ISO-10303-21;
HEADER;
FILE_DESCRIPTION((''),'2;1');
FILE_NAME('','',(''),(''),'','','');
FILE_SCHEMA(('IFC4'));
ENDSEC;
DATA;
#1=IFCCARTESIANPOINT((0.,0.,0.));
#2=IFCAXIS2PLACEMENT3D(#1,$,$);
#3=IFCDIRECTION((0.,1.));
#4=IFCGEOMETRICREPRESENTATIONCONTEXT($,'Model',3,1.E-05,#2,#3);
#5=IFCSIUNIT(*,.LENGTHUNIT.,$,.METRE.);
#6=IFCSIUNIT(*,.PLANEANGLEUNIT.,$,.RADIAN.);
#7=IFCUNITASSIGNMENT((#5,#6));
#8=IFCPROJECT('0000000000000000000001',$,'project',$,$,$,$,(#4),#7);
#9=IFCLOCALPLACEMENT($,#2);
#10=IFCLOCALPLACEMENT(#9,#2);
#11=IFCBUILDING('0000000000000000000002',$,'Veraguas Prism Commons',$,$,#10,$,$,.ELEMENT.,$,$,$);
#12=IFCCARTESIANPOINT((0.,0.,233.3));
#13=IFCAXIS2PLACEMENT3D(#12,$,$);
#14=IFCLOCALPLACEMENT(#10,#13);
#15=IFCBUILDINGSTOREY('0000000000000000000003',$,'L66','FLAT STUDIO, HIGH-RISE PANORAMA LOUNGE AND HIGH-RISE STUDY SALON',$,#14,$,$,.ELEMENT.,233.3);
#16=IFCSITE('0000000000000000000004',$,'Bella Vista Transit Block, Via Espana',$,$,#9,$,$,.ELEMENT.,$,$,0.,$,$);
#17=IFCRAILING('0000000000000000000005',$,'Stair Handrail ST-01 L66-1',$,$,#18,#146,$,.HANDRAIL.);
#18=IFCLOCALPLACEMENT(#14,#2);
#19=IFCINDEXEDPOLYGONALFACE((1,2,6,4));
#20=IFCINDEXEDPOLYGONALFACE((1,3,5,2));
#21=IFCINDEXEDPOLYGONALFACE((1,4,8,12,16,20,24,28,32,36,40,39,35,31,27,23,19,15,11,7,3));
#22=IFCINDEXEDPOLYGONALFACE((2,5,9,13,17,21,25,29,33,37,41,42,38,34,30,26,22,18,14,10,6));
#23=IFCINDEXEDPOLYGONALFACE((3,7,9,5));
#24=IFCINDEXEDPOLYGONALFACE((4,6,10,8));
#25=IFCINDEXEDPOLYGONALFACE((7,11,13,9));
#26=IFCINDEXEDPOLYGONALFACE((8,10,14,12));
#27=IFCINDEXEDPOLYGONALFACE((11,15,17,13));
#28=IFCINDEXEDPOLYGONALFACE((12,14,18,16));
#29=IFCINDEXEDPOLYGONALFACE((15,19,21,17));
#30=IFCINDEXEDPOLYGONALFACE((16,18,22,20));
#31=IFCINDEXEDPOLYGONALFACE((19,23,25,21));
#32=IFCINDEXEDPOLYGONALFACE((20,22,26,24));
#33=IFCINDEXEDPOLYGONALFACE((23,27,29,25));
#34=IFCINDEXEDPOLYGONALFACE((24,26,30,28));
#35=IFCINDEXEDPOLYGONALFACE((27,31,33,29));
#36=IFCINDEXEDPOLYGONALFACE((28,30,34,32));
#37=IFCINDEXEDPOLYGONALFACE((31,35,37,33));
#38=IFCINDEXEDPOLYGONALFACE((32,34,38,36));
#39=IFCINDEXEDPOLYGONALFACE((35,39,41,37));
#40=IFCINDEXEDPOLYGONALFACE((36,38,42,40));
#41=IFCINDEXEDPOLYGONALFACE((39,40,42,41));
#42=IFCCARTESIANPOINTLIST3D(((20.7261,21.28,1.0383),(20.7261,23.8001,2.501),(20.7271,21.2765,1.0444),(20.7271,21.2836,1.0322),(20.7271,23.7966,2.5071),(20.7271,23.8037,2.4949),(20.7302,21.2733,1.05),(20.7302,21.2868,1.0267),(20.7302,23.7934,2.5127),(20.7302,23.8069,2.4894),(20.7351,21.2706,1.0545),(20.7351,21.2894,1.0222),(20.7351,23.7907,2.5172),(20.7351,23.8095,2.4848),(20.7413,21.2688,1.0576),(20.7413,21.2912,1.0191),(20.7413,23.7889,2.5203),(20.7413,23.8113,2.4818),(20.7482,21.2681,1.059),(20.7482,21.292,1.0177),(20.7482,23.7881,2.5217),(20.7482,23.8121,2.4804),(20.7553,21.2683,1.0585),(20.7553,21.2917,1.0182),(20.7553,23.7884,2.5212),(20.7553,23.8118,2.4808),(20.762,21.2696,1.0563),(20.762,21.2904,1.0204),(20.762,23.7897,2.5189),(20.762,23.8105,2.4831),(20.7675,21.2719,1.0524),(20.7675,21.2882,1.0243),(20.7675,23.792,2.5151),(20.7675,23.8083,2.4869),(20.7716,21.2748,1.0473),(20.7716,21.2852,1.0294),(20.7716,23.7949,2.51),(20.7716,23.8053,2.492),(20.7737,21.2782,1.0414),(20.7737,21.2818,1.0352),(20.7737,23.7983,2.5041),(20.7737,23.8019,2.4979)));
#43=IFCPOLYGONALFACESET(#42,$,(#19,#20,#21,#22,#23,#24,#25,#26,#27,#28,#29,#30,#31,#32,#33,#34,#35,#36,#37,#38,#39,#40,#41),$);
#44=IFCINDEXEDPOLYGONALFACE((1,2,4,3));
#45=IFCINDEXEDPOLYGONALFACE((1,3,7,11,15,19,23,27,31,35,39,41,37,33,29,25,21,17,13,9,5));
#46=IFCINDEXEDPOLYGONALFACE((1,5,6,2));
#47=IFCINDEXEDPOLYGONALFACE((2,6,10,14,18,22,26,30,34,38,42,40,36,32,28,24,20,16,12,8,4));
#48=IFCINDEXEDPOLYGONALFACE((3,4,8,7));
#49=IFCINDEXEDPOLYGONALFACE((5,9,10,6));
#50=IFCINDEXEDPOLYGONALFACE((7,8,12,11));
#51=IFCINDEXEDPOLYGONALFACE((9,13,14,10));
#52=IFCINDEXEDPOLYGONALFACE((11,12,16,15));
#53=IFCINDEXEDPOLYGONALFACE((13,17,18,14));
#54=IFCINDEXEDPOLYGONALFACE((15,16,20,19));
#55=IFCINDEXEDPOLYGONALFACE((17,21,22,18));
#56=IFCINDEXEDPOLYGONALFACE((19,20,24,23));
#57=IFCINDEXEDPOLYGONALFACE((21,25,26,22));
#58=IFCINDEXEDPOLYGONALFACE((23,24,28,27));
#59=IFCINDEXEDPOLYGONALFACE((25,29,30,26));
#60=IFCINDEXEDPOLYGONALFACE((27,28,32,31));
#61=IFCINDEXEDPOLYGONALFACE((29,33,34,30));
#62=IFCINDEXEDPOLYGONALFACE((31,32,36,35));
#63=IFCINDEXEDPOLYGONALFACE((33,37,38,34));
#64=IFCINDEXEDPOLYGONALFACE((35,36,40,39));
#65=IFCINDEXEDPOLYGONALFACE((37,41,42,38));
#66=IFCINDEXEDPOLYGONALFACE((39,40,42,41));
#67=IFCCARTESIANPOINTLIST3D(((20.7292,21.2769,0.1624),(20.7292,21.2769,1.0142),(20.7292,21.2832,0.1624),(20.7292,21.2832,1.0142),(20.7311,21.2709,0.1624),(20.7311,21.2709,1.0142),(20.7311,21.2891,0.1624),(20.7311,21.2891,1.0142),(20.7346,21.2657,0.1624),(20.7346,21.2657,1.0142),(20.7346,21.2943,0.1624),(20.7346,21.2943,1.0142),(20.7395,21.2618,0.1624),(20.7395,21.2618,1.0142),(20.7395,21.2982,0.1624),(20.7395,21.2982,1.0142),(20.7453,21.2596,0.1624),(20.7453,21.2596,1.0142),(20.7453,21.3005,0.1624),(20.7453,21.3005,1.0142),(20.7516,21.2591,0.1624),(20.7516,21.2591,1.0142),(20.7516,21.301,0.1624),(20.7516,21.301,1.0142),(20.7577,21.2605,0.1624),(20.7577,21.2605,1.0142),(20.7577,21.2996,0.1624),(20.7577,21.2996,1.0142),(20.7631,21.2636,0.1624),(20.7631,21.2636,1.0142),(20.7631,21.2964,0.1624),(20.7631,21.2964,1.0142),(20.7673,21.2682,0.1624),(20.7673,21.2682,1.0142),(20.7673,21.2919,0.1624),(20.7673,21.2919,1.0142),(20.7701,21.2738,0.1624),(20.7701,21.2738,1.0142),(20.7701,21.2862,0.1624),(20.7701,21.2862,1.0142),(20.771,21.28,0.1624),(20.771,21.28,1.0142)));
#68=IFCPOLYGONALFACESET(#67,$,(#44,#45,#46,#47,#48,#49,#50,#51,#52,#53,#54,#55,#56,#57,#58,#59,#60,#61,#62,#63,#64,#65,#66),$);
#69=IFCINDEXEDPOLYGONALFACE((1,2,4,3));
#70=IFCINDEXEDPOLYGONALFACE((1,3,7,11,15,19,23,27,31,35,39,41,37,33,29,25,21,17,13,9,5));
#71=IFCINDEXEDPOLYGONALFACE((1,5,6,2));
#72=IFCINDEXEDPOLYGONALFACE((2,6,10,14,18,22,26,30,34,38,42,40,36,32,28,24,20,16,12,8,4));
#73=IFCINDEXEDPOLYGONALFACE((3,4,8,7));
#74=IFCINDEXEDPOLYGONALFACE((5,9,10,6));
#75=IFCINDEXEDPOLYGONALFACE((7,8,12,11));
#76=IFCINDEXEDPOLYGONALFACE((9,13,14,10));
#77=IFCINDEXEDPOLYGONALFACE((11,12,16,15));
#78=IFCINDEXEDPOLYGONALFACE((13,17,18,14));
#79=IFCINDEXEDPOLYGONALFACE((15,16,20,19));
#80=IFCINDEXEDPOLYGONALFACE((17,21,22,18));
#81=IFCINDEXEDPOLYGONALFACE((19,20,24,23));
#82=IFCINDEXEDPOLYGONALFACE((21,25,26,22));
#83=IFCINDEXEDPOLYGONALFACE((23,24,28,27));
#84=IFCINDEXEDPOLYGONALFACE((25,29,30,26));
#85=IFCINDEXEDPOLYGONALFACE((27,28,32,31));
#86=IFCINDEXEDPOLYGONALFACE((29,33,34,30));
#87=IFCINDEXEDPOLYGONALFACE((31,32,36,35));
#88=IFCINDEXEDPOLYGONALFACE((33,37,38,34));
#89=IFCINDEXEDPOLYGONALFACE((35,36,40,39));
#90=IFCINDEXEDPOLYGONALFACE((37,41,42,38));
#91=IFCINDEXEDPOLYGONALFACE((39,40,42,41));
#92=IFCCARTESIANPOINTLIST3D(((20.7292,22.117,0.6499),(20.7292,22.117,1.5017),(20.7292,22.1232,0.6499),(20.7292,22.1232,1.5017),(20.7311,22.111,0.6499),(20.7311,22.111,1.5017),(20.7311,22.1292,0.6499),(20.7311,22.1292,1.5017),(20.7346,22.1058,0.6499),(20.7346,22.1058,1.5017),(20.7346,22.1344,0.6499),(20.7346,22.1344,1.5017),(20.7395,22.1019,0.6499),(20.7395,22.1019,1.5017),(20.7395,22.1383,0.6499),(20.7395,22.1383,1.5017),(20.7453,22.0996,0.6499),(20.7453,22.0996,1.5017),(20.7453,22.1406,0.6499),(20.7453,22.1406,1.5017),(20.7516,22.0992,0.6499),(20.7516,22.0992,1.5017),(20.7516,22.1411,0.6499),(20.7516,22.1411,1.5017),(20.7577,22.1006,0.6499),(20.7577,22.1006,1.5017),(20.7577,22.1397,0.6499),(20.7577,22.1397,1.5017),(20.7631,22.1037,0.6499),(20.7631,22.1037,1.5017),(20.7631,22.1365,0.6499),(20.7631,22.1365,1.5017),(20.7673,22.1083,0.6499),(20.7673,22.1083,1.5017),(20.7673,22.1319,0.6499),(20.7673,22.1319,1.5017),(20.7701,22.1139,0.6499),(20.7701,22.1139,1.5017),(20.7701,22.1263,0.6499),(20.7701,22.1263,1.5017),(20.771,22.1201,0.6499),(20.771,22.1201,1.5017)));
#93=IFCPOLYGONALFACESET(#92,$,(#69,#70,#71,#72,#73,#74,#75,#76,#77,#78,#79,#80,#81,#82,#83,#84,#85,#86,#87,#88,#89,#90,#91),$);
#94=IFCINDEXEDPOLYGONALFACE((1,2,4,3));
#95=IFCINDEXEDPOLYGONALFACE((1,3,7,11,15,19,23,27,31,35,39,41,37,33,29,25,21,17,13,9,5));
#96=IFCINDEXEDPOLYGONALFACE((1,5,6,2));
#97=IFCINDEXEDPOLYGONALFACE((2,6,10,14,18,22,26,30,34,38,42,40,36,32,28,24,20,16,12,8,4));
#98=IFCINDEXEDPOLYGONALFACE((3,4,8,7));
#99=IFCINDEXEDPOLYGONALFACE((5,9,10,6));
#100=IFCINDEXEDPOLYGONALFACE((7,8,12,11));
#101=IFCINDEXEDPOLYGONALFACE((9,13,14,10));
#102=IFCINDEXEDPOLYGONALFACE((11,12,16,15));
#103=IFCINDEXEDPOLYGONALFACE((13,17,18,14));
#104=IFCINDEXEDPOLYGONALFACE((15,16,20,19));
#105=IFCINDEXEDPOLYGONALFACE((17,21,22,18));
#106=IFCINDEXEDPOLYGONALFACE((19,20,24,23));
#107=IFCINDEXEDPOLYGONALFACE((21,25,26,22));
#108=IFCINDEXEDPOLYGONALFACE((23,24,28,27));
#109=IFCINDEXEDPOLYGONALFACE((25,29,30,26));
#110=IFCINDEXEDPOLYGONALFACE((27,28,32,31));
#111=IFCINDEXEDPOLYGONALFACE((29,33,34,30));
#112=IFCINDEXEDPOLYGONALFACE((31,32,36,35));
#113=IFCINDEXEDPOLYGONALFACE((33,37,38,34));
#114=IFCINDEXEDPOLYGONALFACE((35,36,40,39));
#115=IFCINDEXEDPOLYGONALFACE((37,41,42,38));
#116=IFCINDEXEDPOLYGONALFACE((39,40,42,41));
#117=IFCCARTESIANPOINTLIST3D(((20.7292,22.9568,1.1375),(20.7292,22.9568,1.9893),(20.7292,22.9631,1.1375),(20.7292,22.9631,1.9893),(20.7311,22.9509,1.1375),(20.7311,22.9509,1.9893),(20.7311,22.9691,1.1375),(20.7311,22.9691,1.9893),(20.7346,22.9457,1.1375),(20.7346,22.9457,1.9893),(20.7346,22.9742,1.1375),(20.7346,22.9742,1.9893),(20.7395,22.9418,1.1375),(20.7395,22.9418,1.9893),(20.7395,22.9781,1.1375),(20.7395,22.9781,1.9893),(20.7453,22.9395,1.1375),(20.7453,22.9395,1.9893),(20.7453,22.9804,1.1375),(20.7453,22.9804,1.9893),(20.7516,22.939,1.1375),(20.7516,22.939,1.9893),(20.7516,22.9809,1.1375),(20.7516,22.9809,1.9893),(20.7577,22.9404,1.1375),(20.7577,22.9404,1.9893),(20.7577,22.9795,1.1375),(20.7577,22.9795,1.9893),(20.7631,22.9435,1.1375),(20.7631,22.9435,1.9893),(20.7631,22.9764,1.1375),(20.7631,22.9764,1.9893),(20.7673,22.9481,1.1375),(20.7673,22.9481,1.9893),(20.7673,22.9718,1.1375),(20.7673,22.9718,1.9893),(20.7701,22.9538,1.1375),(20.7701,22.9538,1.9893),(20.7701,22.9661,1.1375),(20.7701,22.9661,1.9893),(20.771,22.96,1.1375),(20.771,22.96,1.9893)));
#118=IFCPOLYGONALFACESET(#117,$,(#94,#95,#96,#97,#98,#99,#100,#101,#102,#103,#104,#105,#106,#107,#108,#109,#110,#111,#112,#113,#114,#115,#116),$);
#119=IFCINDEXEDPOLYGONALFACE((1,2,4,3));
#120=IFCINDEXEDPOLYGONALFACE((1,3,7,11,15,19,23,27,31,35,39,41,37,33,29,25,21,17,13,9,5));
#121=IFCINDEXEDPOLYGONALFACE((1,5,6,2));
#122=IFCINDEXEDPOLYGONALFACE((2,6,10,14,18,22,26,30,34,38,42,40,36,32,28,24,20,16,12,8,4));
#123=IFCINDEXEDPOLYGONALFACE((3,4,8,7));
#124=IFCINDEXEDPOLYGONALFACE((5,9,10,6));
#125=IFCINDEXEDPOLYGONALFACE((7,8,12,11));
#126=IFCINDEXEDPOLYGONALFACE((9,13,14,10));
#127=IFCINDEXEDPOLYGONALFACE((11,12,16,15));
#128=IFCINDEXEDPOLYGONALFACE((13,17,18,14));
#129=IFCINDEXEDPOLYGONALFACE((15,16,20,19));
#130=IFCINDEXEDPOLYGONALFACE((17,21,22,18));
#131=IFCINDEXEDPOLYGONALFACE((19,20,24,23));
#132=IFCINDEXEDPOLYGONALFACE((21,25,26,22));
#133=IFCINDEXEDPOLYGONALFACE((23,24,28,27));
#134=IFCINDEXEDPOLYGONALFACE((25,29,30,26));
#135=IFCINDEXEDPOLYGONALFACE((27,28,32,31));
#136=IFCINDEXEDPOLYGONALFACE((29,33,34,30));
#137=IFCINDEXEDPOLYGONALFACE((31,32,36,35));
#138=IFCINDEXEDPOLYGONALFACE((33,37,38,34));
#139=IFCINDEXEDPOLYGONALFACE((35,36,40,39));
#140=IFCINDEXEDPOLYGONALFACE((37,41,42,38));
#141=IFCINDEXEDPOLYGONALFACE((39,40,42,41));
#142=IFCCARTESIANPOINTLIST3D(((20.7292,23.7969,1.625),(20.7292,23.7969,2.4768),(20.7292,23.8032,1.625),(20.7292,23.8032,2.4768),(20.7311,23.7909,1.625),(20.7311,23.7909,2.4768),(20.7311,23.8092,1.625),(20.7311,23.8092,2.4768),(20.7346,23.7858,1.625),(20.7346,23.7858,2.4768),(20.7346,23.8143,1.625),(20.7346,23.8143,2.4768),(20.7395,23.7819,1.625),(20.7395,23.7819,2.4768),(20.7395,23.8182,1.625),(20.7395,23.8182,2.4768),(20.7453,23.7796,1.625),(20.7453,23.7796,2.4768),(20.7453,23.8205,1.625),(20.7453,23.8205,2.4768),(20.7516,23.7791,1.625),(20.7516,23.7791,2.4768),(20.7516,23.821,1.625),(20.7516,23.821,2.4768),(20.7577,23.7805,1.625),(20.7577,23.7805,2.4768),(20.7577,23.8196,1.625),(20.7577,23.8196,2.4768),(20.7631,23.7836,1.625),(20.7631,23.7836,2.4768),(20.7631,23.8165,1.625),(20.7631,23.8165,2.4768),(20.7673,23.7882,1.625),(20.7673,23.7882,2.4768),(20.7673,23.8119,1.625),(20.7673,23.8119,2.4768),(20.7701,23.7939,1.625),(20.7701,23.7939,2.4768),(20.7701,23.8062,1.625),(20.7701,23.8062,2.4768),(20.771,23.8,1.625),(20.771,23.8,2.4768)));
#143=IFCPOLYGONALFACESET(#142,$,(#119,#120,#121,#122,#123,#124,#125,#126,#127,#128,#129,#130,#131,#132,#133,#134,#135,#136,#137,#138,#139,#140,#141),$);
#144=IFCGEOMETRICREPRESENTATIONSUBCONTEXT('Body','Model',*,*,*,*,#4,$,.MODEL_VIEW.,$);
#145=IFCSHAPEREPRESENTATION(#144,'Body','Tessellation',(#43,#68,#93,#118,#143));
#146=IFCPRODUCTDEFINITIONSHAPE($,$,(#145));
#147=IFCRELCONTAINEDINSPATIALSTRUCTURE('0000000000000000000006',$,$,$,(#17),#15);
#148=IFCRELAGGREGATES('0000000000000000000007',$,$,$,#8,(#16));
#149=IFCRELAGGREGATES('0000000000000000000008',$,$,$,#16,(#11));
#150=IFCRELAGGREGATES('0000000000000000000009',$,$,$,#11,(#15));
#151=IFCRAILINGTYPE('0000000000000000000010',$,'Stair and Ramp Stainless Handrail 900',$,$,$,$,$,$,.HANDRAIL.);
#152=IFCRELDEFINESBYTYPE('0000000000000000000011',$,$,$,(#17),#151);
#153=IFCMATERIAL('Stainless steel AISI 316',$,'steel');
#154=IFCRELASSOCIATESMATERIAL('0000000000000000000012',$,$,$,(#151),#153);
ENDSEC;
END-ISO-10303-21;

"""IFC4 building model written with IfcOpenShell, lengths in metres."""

from ifc_helpers import new_model, si_unit, direction, frame, origin, origin_2d, place, context, subcontext, project, spatial, circle, extrude, material, type_object, element, save


model = new_model("IFC4")

# Units and contexts
model_context = context("Model", 3, precision=1e-05, world=origin(), true_north=direction((0.0, 1.0)))
body_context = subcontext(model_context, "Body", "Model", "MODEL_VIEW")
ifc_project = project(units=[si_unit("LENGTHUNIT", "METRE"), si_unit("PLANEANGLEUNIT", "RADIAN")], contexts=[model_context])

# Site, building, storey
site_placement = place(None, origin())
site = spatial("IfcSite", under=ifc_project, at=site_placement, Name="Bella Vista Transit Block, Via Espana", CompositionType="ELEMENT", RefElevation=0.0)
building_placement = place(site_placement, origin())
building = spatial("IfcBuilding", under=site, at=building_placement, Name="Veraguas Prism Commons", CompositionType="ELEMENT")
storey_placement = place(building_placement, frame((0.0, 0.0, 233.3)))
storey = spatial("IfcBuildingStorey", under=building, at=storey_placement, Name="L66", Description="FLAT STUDIO, HIGH-RISE PANORAMA LOUNGE AND HIGH-RISE STUDY SALON", CompositionType="ELEMENT", Elevation=233.3)

# Shared definitions
ifc_material_1 = material(Name="Stainless steel AISI 316", Category="steel")

# Railing
railing_type_1 = type_object("IfcRailingType", Name="Stair and Ramp Stainless Handrail 900", PredefinedType="HANDRAIL", material=ifc_material_1)
railing_1_placement = place(storey_placement, frame((20.75, 21.28, 0.1624)))
element("IfcRailing", 1, at=railing_1_placement, inside=storey, type_object=railing_type_1, Name="Stair Handrail ST-01 L66-1", PredefinedType="HANDRAIL", context=body_context, shape_type="SweptSolid", body=[
    extrude(circle(Radius=0.0239, at=origin_2d()), frame((0.0, 0.0, 0.876), z_axis=(0.0, 0.864877, 0.501984), x_axis=(-1.0, 0.0, 0.0)), (0.0, 0.0, 1.0), 2.9138),
    extrude(circle(Radius=0.021, at=origin_2d()), origin(), (0.0, 0.0, 1.0), 0.8518),
    extrude(circle(Radius=0.021, at=origin_2d()), frame((0.0, 0.8401, 0.4875)), (0.0, 0.0, 1.0), 0.8518),
    extrude(circle(Radius=0.021, at=origin_2d()), frame((0.0, 1.6799, 0.9751)), (0.0, 0.0, 1.0), 0.8518),
    extrude(circle(Radius=0.021, at=origin_2d()), frame((0.0, 2.52, 1.4626)), (0.0, 0.0, 1.0), 0.8518),
])

save(model, "model.ifc")
